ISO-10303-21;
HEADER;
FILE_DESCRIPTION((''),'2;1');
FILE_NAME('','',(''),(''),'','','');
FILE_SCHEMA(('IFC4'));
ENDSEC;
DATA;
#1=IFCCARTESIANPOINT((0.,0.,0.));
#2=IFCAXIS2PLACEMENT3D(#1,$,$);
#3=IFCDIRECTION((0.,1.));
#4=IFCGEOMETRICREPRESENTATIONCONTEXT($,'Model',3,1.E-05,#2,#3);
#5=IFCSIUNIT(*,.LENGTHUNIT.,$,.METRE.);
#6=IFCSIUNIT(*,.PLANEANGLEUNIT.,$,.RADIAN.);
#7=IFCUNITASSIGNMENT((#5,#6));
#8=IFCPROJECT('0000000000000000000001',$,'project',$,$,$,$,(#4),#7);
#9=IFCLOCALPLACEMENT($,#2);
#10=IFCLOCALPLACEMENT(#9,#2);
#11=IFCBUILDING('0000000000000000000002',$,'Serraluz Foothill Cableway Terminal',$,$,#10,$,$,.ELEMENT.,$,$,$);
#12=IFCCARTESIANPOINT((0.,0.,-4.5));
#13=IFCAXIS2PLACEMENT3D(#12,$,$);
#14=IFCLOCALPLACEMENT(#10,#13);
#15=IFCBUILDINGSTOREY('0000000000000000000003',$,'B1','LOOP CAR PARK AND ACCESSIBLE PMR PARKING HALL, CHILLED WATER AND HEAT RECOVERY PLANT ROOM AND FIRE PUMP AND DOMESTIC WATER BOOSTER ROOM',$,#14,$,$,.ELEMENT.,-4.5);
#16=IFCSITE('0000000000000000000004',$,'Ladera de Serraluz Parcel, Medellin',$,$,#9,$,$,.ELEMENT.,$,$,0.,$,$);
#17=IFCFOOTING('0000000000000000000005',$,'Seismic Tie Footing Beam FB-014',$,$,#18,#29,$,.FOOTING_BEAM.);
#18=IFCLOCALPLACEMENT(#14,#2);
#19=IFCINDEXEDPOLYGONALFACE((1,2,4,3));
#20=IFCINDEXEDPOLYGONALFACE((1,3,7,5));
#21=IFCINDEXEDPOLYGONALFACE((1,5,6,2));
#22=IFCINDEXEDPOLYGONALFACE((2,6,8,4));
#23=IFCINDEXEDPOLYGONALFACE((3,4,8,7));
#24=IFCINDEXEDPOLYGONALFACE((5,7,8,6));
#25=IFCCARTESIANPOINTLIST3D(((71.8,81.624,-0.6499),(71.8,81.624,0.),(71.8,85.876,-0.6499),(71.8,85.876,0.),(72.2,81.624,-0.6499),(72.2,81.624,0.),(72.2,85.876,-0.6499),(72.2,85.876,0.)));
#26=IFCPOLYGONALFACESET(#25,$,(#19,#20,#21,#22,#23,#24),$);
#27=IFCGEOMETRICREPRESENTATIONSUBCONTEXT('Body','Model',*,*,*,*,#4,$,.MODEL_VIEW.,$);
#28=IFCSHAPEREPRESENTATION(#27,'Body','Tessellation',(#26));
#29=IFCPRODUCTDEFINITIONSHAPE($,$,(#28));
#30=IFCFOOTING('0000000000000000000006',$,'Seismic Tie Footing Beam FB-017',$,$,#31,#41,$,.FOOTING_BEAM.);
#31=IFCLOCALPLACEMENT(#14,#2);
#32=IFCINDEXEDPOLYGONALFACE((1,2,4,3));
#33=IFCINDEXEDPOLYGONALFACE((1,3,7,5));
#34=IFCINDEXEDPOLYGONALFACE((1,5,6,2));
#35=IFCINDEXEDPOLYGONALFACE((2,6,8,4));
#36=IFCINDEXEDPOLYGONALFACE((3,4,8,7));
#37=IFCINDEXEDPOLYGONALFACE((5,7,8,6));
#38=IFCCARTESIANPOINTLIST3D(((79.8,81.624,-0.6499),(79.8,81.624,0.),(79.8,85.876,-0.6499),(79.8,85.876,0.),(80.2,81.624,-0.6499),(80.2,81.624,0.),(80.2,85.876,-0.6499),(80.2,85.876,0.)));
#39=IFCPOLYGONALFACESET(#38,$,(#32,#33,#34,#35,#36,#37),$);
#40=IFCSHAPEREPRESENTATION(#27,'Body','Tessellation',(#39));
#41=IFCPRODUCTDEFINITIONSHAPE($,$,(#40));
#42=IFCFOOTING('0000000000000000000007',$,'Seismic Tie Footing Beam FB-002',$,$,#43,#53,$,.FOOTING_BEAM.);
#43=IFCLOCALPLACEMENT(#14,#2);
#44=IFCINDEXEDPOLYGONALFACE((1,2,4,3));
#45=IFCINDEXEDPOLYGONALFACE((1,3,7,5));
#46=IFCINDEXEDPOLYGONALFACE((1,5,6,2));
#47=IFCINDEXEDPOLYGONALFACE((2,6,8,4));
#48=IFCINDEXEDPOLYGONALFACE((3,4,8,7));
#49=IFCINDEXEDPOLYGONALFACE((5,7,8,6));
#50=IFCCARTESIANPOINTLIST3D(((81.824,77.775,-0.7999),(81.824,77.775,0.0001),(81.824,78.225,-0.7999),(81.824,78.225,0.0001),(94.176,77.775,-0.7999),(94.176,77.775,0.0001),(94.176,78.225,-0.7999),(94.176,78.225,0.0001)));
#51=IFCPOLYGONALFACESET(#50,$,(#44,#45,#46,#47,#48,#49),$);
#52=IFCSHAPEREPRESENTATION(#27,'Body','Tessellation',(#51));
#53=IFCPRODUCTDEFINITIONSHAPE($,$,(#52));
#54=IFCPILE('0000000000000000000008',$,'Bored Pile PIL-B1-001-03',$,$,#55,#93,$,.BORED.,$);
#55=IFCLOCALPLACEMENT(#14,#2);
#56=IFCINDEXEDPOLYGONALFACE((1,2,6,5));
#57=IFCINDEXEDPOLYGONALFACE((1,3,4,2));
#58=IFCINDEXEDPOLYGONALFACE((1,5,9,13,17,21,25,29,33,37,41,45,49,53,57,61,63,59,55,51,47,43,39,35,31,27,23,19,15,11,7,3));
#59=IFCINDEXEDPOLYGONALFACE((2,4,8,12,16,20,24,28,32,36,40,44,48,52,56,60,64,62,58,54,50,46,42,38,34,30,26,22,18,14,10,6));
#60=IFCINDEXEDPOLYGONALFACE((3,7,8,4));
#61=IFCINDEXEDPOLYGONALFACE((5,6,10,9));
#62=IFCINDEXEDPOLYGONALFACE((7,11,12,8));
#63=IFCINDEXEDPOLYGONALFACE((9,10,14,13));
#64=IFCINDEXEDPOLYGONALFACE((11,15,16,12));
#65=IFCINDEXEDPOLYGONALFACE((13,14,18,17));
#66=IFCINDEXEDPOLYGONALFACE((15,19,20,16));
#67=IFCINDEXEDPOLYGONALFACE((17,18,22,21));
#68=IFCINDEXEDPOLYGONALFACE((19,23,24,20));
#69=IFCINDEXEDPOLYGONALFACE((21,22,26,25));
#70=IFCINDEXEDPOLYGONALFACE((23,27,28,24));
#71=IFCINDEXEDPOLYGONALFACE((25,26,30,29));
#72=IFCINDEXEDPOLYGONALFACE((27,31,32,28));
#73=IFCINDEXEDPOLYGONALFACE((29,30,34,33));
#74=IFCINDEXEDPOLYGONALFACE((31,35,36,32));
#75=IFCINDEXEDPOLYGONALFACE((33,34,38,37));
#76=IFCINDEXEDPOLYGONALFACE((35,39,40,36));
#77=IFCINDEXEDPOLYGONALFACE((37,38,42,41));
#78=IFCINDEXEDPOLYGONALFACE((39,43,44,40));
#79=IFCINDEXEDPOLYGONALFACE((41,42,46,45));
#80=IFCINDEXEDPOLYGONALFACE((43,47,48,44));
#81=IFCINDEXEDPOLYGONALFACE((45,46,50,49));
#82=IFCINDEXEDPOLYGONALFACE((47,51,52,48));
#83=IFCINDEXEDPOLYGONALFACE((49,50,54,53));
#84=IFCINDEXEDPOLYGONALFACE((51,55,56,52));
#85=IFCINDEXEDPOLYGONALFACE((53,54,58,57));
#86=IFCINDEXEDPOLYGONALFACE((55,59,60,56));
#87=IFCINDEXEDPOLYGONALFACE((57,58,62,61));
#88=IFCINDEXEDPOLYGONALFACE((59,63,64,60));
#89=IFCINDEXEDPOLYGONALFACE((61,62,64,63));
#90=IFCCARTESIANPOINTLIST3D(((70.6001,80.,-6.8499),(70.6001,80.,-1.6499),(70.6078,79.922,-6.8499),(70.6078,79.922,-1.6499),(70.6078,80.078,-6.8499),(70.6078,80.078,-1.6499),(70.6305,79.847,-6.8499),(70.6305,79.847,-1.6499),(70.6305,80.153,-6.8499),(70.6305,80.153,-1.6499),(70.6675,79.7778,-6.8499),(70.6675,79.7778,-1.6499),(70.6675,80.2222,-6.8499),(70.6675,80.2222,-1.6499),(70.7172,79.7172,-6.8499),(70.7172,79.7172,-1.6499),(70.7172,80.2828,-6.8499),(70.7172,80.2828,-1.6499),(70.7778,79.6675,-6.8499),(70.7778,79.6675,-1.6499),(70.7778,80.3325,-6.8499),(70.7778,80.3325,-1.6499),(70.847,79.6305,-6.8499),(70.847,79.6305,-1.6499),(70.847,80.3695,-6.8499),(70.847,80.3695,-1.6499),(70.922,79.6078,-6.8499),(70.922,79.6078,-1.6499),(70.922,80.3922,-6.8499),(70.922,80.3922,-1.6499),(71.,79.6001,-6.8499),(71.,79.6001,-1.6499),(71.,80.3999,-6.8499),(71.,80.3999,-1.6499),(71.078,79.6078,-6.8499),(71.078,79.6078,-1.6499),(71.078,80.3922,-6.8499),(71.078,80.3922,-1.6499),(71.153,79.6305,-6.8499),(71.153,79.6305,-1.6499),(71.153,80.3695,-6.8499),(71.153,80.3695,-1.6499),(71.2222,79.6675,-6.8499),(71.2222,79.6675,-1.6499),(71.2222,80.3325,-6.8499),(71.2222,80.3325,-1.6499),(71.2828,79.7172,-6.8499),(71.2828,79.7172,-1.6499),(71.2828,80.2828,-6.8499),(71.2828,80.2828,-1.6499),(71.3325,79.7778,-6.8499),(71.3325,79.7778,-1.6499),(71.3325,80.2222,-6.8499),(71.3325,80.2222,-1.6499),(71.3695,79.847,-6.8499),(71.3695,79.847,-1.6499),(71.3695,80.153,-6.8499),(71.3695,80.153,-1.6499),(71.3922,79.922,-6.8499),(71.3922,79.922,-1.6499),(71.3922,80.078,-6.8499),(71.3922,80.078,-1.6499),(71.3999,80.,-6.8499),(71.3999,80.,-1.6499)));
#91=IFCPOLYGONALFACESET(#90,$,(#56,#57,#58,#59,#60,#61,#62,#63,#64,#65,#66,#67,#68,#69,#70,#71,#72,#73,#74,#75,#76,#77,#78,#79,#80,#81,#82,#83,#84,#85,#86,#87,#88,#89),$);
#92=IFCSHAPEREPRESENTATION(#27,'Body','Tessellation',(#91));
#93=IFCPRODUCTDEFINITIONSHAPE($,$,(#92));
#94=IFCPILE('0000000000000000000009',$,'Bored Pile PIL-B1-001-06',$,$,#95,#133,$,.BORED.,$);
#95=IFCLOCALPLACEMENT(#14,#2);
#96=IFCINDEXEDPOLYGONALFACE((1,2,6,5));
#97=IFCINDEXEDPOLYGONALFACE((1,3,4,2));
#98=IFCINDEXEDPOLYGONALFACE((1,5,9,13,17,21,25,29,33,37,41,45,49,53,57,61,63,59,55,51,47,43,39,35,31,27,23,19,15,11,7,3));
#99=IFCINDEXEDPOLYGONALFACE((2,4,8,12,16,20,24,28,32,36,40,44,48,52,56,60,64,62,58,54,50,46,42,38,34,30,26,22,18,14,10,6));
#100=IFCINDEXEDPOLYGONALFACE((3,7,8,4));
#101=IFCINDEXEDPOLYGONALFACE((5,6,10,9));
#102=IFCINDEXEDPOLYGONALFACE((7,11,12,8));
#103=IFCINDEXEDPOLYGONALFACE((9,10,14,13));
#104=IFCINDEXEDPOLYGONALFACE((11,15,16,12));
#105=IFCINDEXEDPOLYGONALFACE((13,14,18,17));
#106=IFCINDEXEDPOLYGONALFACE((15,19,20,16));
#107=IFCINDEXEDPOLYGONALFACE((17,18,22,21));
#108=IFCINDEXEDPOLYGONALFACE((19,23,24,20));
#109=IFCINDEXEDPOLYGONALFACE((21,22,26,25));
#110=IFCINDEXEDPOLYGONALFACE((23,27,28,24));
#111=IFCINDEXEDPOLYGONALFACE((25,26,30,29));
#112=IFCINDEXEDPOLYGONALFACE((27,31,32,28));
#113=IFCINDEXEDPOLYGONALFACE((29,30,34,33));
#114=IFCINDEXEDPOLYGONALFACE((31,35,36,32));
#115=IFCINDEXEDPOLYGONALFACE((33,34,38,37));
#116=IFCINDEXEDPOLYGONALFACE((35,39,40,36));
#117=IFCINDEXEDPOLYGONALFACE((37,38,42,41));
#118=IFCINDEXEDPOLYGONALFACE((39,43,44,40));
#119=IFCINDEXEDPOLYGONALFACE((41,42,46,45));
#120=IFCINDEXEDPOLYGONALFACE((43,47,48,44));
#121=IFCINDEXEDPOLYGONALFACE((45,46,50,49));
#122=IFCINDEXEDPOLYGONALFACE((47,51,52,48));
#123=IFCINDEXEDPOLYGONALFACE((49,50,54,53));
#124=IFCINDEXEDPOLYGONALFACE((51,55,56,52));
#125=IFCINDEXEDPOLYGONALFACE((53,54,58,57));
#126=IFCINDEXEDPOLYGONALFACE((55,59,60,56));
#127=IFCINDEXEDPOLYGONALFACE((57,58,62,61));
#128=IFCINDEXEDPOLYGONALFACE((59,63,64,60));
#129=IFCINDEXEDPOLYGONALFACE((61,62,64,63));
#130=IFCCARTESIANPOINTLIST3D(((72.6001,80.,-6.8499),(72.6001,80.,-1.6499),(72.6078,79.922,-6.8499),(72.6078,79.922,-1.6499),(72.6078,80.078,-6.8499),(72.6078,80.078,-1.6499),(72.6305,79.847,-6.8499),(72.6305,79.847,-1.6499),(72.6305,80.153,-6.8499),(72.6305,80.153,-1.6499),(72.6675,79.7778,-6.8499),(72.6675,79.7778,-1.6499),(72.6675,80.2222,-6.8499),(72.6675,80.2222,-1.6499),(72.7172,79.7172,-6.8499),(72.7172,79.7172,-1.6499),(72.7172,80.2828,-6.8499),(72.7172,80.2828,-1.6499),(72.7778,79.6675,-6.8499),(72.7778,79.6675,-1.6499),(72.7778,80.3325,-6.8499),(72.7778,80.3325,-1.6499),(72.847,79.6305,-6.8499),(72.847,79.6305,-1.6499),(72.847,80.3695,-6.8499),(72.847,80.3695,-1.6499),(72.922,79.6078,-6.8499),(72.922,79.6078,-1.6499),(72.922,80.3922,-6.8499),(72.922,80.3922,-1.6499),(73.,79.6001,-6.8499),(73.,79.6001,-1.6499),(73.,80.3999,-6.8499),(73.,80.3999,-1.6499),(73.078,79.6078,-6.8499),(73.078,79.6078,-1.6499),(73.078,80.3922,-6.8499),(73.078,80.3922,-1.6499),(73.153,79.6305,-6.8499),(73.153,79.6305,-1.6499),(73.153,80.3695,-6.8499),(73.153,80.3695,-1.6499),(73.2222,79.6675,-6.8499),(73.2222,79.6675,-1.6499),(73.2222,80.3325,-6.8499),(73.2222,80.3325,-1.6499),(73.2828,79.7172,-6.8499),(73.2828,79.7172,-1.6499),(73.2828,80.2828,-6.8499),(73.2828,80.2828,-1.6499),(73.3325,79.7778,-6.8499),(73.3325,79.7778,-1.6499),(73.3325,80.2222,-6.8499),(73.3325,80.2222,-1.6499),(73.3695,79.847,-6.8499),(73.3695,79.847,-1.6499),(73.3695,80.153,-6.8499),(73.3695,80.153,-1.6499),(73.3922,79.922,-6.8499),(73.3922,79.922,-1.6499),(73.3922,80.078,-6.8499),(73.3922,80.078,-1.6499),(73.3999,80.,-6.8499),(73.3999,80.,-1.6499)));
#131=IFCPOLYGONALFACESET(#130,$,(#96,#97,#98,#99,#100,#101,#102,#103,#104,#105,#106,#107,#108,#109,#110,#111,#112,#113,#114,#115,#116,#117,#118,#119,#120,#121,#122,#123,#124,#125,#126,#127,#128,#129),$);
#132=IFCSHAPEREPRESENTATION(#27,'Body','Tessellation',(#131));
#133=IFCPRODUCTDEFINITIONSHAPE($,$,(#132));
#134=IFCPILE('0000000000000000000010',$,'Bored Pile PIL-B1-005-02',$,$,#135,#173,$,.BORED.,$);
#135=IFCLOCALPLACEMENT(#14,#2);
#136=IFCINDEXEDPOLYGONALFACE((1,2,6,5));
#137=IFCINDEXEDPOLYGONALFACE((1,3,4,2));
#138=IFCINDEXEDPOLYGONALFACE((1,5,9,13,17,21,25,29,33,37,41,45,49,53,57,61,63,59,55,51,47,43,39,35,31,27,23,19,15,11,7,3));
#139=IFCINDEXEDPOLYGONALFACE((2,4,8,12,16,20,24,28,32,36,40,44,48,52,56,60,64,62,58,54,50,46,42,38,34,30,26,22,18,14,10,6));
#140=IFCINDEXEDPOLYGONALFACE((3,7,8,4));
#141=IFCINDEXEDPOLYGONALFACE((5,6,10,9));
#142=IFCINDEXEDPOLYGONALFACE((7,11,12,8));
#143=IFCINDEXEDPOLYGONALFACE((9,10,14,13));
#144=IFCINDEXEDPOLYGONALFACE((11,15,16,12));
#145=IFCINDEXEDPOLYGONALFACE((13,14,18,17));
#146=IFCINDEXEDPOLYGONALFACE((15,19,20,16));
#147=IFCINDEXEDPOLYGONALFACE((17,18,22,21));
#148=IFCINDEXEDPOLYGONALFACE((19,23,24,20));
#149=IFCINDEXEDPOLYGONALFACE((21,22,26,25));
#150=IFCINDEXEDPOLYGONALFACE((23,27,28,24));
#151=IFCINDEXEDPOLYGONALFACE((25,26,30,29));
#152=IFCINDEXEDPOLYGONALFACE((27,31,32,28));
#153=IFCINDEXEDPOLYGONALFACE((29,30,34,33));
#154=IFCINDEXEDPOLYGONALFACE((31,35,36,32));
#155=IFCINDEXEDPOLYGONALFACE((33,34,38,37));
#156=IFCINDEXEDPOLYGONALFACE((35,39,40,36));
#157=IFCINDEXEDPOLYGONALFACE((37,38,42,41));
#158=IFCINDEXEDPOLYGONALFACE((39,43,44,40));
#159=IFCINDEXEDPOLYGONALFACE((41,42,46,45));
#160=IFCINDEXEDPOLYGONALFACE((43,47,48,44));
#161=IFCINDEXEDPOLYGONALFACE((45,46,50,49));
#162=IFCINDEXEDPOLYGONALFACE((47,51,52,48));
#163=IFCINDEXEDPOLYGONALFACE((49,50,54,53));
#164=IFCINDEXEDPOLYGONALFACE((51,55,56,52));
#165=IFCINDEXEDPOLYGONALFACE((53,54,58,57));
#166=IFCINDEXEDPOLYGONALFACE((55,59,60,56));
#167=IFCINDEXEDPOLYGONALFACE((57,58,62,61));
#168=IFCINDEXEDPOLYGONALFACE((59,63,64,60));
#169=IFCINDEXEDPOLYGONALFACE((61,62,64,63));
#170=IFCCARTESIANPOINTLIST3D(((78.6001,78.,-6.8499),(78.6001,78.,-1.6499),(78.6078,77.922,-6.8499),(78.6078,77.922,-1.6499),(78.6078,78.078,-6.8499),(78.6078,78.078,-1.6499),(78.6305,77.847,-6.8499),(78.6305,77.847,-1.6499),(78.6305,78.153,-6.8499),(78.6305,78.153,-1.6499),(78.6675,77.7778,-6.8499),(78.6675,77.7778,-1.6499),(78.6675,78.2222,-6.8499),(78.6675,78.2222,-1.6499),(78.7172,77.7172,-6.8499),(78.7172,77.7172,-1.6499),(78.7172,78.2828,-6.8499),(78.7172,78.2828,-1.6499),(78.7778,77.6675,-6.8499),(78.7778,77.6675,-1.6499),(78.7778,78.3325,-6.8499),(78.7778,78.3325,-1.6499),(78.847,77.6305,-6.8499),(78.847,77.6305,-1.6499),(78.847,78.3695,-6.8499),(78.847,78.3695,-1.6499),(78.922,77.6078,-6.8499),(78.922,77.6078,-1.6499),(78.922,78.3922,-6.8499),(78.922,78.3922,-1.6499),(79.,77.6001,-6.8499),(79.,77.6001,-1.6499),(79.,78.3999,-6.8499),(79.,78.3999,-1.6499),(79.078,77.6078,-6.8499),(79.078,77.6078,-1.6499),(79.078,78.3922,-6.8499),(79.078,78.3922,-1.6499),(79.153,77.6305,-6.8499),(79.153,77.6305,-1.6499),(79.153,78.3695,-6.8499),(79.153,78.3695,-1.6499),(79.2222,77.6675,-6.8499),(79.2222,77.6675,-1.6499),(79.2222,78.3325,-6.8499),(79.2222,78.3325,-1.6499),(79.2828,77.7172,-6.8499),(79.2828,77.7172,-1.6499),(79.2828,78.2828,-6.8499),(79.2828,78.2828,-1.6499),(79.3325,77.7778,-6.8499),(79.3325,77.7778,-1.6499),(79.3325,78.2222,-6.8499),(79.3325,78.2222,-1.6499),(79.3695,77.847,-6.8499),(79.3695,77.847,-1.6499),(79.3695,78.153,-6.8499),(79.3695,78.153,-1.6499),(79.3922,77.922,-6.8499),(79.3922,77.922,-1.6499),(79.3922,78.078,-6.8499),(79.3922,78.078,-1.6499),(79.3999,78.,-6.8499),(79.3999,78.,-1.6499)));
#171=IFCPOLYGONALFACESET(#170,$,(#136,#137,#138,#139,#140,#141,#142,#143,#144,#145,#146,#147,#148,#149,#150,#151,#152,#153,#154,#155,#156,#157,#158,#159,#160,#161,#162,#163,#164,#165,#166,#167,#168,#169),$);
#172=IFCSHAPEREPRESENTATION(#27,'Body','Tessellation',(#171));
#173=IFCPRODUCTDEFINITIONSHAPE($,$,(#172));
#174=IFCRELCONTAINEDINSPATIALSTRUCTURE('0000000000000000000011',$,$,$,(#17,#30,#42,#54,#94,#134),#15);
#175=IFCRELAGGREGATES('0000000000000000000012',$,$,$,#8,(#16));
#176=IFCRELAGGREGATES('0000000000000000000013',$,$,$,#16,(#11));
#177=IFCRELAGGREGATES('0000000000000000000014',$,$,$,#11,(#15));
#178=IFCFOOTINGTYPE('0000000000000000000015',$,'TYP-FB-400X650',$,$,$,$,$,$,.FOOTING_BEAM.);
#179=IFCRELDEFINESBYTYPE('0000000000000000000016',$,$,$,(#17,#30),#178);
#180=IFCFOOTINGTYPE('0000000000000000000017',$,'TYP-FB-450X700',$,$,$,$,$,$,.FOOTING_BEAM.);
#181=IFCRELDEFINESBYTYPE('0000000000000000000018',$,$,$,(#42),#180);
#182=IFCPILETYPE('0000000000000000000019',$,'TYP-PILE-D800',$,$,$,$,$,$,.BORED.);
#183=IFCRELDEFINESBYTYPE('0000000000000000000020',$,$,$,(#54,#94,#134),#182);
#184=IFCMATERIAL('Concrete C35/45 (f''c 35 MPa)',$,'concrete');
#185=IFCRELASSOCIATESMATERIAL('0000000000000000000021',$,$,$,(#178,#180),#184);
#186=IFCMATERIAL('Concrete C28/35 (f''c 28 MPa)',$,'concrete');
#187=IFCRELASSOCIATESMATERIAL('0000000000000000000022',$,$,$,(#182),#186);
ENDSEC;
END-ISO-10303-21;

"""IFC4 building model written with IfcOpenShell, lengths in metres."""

from ifc_helpers import new_model, si_unit, direction, frame, origin, origin_2d, place, context, subcontext, project, spatial, rectangle, circle, extrude, material, material_profile, profile_set, type_object, element, save


model = new_model("IFC4")

# Units and contexts
model_context = context("Model", 3, precision=1e-05, world=origin(), true_north=direction((0.0, 1.0)))
body_context = subcontext(model_context, "Body", "Model", "MODEL_VIEW")
ifc_project = project(units=[si_unit("LENGTHUNIT", "METRE"), si_unit("PLANEANGLEUNIT", "RADIAN")], contexts=[model_context])

# Site, building, storey
site_placement = place(None, origin())
site = spatial("IfcSite", under=ifc_project, at=site_placement, Name="Ladera de Serraluz Parcel, Medellin", CompositionType="ELEMENT", RefElevation=0.0)
building_placement = place(site_placement, origin())
building = spatial("IfcBuilding", under=site, at=building_placement, Name="Serraluz Foothill Cableway Terminal", CompositionType="ELEMENT")
storey_placement = place(building_placement, frame((0.0, 0.0, -4.5)))
storey = spatial("IfcBuildingStorey", under=building, at=storey_placement, Name="B1", Description="LOOP CAR PARK AND ACCESSIBLE PMR PARKING HALL, CHILLED WATER AND HEAT RECOVERY PLANT ROOM AND FIRE PUMP AND DOMESTIC WATER BOOSTER ROOM", CompositionType="ELEMENT", Elevation=-4.5)

# Footings
ifc_material_1 = material(Name="Concrete C35/45 (f'c 35 MPa)", Category="concrete")
ifc_material_profile_1 = material_profile(ifc_material_1, rectangle(XDim=0.3999, YDim=0.6499, at=origin_2d()), Name="RC 400x650")
ifc_profile_set_1 = profile_set([ifc_material_profile_1], Name="Concrete C35/45 (f'c 35 MPa)")
footing_type_1 = type_object("IfcFootingType", Name="TYP-FB-400X650", PredefinedType="FOOTING_BEAM", material=ifc_profile_set_1)
for number, where, z_axis, x_axis, name in (
    (1, (72.0, 81.624, -0.325), (0.0, 1.0, 0.0), (-1.0, 0.0, 0.0), "Seismic Tie Footing Beam FB-014"),
    (2, (80.0, 81.624, -0.325), (0.0, 1.0, 0.0), (-1.0, 0.0, 0.0), "Seismic Tie Footing Beam FB-017"),
):
    element("IfcFooting", number, at=place(storey_placement, frame(where, z_axis=z_axis, x_axis=x_axis)), inside=storey, type_object=footing_type_1, Name=name, PredefinedType="FOOTING_BEAM", context=body_context, shape_type="SweptSolid", body=[
        extrude(rectangle(XDim=0.3999, YDim=0.6499, at=origin_2d()), origin(), (0.0, 0.0, 1.0), 4.252),
    ])
ifc_material_profile_2 = material_profile(ifc_material_1, rectangle(XDim=0.45, YDim=0.8, at=origin_2d()), Name="RC 450x800")
ifc_profile_set_2 = profile_set([ifc_material_profile_2], Name="Concrete C35/45 (f'c 35 MPa)")
footing_type_2 = type_object("IfcFootingType", Name="TYP-FB-450X700", PredefinedType="FOOTING_BEAM", material=ifc_profile_set_2)
footing_1_placement = place(storey_placement, frame((81.824, 78.0, -0.3999), z_axis=(1.0, 0.0, 0.0), x_axis=(0.0, 1.0, 0.0)))
element("IfcFooting", 3, at=footing_1_placement, inside=storey, type_object=footing_type_2, Name="Seismic Tie Footing Beam FB-002", PredefinedType="FOOTING_BEAM", context=body_context, shape_type="SweptSolid", body=[
    extrude(rectangle(XDim=0.45, YDim=0.8, at=origin_2d()), origin(), (0.0, 0.0, 1.0), 12.3521),
])

# Piles
ifc_material_2 = material(Name="Concrete C28/35 (f'c 28 MPa)", Category="concrete")
ifc_material_profile_3 = material_profile(ifc_material_2, circle(Radius=0.3999, at=origin_2d()), Name="BORED PILE D800")
ifc_profile_set_3 = profile_set([ifc_material_profile_3], Name="Concrete C28/35 (f'c 28 MPa)")
pile_type = type_object("IfcPileType", Name="TYP-PILE-D800", PredefinedType="BORED", material=ifc_profile_set_3)
for number, where, z_axis, x_axis, name in (
    (4, (71.0, 80.0, -1.6499), (0.0, 0.0, -1.0), (1.0, 0.0, 0.0), "Bored Pile PIL-B1-001-03"),
    (5, (73.0, 80.0, -1.6499), (0.0, 0.0, -1.0), (1.0, 0.0, 0.0), "Bored Pile PIL-B1-001-06"),
    (6, (79.0, 78.0, -1.6499), (0.0, 0.0, -1.0), (1.0, 0.0, 0.0), "Bored Pile PIL-B1-005-02"),
):
    element("IfcPile", number, at=place(storey_placement, frame(where, z_axis=z_axis, x_axis=x_axis)), inside=storey, type_object=pile_type, Name=name, PredefinedType="BORED", context=body_context, shape_type="SweptSolid", body=[
        extrude(circle(Radius=0.3999, at=origin_2d()), origin(), (0.0, 0.0, 1.0), 5.2),
    ])

save(model, "model.ifc")
